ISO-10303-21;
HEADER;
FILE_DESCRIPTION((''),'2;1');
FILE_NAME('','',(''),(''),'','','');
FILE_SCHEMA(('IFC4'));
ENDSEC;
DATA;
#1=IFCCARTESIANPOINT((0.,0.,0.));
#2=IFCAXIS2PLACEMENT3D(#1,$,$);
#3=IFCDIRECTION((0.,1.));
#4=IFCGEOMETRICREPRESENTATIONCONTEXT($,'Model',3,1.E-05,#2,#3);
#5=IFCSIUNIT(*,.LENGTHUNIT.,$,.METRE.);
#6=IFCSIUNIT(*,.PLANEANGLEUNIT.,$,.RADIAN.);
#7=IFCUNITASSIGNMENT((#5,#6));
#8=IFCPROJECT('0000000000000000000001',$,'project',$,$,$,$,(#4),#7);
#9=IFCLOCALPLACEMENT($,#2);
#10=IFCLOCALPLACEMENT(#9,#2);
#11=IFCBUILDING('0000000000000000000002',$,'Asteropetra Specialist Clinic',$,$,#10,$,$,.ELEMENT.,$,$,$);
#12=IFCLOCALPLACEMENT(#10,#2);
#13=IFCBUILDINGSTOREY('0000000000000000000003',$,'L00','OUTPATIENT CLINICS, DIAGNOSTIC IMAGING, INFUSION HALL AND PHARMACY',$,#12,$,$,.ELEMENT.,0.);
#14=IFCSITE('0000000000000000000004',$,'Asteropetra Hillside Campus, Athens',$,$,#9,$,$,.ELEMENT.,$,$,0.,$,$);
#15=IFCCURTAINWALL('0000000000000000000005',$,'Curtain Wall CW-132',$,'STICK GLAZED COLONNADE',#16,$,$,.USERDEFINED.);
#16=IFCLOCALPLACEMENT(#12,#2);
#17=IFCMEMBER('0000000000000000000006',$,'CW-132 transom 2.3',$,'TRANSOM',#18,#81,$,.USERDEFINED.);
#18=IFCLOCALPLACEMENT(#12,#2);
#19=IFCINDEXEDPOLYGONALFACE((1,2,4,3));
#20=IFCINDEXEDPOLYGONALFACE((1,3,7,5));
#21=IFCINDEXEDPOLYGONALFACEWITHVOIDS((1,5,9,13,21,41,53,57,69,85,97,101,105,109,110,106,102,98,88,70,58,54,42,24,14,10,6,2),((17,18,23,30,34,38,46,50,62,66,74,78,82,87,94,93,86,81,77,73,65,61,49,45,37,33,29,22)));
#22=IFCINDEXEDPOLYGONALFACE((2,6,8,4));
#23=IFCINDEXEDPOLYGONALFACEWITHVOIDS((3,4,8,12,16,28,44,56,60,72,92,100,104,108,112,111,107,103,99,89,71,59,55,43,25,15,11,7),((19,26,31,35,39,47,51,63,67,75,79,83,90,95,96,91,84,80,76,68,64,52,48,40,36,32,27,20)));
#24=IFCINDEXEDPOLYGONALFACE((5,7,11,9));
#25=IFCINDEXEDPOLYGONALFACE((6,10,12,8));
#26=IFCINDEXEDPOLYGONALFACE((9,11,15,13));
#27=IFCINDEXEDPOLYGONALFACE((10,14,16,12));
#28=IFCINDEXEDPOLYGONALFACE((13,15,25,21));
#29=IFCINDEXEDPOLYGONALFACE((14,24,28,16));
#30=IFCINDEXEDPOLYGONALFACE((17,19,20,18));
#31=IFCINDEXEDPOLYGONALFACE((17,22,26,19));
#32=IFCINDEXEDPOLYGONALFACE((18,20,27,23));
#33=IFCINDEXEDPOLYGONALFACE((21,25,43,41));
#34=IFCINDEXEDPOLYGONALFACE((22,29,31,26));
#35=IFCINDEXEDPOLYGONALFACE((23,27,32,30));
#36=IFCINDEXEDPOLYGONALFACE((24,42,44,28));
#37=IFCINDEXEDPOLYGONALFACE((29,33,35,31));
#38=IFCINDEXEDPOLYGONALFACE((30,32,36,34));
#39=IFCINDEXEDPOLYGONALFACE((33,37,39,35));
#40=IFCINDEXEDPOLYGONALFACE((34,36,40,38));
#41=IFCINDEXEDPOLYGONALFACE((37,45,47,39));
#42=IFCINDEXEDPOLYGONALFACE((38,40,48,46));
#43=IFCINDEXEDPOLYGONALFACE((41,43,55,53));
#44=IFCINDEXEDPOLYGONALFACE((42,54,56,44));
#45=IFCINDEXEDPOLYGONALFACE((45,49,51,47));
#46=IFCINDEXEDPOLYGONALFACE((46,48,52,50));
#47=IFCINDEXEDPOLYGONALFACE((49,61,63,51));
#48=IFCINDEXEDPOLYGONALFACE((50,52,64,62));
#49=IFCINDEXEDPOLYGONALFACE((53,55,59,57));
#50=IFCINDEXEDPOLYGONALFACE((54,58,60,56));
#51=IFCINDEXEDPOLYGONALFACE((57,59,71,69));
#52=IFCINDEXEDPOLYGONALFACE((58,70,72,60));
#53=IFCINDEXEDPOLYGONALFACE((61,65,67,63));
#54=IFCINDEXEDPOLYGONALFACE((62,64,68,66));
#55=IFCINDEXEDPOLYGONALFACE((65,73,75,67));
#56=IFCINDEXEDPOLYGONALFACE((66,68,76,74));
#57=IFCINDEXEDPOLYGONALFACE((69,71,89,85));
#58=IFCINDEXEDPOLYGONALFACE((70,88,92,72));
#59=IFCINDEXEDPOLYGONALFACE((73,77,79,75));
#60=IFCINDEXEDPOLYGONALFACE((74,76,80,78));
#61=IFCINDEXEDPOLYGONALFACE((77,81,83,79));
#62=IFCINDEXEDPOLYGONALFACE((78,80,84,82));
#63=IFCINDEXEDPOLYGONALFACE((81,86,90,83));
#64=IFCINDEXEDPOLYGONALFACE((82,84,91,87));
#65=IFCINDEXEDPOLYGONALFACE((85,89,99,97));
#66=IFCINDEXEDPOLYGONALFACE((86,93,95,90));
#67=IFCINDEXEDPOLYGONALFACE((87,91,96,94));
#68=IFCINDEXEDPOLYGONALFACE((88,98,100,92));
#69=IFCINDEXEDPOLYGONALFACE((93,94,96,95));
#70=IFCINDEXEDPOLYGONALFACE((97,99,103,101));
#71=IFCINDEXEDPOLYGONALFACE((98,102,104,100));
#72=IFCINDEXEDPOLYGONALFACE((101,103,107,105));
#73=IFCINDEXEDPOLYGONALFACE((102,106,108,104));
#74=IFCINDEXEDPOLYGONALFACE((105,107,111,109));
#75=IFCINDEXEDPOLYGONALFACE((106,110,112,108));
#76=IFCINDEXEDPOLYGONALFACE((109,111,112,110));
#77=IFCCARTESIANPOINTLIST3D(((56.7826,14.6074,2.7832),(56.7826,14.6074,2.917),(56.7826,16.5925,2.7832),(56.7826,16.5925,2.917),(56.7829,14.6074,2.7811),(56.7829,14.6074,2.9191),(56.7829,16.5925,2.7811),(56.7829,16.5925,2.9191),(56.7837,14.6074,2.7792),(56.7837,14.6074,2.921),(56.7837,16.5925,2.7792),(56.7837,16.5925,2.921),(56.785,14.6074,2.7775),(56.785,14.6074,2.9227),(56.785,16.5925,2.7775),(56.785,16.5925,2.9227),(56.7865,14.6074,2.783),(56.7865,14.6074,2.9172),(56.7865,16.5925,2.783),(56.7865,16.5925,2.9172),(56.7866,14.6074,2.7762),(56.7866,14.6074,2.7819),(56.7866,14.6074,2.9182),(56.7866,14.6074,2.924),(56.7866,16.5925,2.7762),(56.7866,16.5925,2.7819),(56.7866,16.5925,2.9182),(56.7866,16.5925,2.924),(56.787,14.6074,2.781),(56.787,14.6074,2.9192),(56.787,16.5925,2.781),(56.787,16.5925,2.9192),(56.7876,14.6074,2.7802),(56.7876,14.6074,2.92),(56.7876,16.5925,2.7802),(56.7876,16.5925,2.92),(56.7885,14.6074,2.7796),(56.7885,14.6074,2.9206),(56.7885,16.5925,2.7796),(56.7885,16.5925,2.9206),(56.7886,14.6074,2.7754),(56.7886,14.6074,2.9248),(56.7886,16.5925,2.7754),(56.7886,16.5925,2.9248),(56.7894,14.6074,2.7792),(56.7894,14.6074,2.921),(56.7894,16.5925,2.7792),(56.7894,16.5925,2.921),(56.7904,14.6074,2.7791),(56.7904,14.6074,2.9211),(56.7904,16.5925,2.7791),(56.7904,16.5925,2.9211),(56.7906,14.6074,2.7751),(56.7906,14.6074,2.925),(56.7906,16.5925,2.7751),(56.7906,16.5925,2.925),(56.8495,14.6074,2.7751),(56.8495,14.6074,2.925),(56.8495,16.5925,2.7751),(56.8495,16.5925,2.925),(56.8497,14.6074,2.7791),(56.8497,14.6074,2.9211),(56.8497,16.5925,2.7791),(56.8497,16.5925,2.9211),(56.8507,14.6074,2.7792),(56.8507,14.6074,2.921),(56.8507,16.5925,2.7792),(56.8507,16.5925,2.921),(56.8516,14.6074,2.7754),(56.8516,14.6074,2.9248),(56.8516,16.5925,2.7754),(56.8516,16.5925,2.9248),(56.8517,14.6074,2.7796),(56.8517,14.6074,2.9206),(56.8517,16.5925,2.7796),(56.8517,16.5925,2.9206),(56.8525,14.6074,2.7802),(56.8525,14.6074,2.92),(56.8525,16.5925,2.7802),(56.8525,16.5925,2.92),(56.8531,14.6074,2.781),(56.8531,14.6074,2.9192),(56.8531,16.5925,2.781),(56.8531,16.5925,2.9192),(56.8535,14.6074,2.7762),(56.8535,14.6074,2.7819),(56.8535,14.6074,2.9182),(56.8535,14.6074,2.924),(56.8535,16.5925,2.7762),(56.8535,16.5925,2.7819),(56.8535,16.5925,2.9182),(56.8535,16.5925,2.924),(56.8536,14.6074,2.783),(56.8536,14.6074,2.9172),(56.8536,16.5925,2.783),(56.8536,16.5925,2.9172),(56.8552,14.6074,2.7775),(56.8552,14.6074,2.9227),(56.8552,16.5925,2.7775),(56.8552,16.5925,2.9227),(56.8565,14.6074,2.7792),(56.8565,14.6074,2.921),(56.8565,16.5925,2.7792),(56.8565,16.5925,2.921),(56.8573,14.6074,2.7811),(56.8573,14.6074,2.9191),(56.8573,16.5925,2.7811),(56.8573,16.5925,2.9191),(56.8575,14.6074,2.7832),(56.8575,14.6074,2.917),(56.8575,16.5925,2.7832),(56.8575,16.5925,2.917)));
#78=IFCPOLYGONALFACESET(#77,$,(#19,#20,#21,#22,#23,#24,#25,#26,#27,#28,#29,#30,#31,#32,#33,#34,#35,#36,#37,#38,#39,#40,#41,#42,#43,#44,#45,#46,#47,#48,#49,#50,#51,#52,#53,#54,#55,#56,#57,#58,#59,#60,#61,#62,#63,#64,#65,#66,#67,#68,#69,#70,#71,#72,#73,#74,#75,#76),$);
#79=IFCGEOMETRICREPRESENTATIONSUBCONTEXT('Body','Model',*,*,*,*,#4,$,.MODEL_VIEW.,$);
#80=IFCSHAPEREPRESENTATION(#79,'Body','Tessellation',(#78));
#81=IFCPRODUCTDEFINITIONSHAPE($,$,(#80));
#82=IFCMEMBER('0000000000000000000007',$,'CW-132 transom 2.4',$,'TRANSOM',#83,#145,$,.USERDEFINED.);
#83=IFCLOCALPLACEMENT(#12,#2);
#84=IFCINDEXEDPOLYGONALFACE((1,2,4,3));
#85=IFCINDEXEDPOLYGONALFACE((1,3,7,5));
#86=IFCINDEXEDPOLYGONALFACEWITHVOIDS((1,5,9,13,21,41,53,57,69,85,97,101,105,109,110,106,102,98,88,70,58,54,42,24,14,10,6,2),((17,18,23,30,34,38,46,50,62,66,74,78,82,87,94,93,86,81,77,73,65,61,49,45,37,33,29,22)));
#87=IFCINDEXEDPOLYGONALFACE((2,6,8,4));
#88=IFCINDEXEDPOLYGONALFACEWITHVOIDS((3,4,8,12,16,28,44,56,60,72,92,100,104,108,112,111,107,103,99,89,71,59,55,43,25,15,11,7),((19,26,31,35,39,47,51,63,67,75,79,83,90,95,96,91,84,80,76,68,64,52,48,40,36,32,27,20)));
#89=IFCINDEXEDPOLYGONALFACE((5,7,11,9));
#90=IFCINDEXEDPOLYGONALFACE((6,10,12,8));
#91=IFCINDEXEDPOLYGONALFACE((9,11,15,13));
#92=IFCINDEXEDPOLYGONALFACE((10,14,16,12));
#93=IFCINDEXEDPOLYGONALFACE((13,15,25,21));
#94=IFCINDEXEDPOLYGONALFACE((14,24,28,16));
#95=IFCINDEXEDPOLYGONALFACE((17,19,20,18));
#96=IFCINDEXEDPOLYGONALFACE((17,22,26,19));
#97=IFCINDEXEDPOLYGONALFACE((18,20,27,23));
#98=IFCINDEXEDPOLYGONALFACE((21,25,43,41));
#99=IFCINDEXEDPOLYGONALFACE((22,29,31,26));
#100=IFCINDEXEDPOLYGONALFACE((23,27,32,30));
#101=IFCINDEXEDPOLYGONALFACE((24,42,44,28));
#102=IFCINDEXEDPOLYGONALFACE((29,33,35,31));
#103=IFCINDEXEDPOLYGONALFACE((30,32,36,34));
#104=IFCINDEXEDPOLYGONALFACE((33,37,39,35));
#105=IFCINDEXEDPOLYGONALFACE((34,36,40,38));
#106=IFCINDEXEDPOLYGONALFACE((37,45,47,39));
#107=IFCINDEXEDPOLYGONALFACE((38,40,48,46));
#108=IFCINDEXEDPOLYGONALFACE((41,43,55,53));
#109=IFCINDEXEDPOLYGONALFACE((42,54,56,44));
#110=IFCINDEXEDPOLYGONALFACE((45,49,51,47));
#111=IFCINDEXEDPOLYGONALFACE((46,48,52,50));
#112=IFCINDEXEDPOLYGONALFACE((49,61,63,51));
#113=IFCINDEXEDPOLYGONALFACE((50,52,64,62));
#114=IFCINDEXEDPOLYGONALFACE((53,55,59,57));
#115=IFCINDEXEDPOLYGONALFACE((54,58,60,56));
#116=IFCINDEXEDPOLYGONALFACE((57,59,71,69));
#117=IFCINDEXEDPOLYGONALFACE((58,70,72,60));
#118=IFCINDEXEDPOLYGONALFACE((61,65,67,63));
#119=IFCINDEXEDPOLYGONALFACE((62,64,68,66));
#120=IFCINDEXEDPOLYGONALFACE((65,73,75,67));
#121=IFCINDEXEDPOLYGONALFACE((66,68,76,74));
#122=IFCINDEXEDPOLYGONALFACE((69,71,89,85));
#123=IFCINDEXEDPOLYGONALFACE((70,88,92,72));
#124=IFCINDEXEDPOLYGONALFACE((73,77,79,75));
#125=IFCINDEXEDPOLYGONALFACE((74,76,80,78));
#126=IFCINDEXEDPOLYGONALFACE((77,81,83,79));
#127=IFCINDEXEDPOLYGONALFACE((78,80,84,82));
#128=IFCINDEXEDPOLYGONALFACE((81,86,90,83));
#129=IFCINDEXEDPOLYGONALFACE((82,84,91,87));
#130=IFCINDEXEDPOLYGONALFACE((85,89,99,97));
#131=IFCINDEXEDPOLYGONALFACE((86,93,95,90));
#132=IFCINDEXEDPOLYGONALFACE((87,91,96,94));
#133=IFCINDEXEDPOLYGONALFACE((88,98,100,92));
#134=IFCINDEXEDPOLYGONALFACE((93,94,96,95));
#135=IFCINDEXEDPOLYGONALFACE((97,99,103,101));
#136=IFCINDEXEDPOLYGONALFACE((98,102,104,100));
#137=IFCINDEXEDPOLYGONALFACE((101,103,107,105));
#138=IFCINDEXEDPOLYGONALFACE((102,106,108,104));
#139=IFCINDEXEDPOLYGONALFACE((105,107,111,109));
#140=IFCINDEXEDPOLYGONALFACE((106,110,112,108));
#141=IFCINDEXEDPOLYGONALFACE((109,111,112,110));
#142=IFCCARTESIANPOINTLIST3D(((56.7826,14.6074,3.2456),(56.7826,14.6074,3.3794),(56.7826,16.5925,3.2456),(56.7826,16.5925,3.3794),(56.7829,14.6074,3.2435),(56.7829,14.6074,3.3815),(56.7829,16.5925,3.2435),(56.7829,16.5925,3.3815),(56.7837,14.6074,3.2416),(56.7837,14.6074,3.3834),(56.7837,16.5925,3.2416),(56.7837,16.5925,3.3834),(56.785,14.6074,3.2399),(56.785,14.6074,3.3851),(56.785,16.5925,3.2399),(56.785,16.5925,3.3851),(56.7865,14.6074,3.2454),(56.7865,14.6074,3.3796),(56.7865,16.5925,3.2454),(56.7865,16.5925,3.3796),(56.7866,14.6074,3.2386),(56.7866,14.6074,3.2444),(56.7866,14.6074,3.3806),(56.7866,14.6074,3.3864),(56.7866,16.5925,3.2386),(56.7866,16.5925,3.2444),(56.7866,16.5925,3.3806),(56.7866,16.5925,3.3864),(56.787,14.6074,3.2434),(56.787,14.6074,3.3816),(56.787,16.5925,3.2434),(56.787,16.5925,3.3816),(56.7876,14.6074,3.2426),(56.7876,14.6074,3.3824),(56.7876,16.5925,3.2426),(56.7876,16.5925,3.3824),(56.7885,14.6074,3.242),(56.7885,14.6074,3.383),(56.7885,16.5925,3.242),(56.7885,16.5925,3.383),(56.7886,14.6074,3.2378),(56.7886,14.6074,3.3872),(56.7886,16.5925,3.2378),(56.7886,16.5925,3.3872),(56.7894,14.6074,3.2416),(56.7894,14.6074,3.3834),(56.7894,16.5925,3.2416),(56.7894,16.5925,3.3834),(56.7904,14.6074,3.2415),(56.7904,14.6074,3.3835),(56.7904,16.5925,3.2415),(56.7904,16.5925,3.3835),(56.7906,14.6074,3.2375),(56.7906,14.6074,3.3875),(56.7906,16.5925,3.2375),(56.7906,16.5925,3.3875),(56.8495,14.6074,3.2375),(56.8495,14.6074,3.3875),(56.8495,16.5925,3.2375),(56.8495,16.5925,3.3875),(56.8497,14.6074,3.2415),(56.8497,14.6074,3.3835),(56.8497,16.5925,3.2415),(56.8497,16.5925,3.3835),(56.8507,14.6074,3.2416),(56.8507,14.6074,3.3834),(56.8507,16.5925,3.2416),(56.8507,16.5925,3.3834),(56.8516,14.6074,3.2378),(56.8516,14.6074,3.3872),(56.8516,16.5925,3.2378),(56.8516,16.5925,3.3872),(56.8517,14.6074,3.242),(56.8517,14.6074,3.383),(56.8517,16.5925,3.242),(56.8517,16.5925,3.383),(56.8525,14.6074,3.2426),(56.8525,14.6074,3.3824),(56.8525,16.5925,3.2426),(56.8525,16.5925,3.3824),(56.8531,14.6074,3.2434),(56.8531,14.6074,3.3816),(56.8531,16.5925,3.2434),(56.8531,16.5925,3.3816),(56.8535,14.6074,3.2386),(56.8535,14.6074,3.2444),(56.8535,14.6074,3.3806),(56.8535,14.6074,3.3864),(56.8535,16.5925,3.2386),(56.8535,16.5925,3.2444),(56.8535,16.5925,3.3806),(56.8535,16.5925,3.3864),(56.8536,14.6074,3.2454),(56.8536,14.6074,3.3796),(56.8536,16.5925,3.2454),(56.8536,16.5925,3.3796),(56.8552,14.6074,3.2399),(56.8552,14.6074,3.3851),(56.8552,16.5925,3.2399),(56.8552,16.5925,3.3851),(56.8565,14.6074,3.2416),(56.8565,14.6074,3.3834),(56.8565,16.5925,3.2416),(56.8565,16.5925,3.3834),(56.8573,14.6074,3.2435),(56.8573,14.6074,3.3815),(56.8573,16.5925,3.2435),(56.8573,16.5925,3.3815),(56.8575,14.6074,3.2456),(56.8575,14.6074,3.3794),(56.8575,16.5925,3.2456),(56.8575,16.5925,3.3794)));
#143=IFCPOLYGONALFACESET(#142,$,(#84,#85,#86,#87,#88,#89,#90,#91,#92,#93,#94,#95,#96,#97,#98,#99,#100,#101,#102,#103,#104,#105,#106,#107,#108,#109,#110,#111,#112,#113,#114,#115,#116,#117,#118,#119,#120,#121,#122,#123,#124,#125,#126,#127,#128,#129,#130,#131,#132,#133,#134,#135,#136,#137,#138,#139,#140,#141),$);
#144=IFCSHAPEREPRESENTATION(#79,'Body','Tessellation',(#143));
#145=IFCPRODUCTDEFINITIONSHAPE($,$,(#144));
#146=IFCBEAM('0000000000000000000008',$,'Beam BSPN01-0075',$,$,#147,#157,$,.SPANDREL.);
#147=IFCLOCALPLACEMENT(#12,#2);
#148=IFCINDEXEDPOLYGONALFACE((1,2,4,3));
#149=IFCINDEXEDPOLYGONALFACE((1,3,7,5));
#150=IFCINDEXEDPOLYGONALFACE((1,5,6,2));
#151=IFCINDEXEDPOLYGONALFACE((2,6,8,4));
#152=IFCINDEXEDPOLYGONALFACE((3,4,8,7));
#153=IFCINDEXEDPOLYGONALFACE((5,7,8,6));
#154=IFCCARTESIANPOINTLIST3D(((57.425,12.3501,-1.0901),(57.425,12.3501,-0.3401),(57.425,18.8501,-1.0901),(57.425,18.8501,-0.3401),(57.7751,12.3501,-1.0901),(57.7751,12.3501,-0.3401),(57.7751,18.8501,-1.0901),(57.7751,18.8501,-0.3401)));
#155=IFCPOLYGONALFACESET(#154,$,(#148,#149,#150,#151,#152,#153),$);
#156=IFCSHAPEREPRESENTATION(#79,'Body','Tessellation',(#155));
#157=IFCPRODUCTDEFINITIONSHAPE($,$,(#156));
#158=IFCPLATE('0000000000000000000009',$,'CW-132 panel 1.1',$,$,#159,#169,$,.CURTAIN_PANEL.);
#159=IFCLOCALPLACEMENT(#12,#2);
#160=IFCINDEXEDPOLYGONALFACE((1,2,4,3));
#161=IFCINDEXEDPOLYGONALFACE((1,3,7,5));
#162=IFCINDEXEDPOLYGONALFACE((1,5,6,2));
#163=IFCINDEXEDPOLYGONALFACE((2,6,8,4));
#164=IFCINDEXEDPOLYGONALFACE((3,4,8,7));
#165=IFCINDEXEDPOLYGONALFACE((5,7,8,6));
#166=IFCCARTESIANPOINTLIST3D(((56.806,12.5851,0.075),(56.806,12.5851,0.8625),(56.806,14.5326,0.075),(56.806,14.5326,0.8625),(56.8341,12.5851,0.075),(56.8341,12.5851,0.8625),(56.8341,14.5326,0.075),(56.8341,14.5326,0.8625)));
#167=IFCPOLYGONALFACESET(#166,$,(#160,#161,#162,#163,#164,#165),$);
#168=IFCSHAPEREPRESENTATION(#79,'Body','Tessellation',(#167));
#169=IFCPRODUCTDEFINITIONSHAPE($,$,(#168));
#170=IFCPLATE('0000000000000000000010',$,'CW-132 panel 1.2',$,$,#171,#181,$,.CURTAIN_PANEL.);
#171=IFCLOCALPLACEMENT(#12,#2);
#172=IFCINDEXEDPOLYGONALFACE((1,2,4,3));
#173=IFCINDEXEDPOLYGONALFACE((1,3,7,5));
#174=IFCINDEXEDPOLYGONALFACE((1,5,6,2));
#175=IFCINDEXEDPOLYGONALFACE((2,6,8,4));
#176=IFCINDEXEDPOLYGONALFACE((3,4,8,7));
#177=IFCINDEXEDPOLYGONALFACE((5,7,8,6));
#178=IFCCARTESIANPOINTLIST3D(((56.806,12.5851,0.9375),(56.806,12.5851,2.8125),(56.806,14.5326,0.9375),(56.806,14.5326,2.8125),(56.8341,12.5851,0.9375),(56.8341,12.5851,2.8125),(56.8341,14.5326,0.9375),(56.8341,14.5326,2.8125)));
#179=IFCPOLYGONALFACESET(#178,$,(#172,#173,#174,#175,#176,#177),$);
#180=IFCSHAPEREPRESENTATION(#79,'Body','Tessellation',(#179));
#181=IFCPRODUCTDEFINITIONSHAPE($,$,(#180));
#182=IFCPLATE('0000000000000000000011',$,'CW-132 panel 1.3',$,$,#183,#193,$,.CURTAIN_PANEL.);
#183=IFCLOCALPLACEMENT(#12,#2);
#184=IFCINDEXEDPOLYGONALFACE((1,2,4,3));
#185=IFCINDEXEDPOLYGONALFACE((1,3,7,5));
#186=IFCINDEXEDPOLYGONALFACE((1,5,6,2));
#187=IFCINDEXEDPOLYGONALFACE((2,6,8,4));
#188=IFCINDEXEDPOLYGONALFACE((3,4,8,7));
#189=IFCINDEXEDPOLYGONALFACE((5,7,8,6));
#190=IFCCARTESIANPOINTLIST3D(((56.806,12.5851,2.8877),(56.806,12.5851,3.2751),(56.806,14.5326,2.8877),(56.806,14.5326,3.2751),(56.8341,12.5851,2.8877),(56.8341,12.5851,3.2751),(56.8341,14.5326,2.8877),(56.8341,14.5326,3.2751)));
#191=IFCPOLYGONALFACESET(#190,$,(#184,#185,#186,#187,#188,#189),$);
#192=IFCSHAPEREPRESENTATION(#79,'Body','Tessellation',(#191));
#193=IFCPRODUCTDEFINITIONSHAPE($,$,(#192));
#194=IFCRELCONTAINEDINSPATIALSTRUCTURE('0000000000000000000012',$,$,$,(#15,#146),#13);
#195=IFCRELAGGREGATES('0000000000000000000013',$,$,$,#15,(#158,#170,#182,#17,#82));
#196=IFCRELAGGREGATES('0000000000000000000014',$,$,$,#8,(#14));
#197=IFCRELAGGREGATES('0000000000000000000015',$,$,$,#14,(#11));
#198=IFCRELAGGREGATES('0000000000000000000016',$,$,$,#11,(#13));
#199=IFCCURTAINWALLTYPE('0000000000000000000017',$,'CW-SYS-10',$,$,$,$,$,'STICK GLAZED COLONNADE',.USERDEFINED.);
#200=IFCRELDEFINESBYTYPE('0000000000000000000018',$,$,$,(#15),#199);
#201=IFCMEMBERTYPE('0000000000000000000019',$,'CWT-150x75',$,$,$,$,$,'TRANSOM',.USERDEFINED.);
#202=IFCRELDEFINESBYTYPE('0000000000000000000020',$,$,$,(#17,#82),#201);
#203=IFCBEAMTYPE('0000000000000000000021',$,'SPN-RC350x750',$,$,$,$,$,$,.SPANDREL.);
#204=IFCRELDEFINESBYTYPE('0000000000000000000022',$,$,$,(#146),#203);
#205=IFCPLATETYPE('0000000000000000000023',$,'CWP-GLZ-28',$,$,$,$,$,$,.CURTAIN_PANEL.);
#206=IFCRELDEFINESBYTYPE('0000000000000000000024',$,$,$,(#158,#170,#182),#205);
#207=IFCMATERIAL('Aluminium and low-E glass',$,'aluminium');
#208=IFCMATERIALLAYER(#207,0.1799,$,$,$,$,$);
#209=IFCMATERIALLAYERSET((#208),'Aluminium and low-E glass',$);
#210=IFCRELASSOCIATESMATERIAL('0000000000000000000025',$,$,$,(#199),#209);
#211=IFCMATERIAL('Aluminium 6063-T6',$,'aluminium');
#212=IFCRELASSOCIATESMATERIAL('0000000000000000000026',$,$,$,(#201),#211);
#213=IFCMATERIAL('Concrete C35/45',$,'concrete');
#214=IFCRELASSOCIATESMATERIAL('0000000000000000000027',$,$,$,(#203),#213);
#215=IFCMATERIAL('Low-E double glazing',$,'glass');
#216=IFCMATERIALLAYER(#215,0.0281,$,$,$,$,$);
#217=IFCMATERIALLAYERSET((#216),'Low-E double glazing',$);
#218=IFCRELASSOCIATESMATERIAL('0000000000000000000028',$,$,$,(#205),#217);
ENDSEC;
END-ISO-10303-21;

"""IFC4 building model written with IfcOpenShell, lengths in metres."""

from ifc_helpers import new_model, si_unit, direction, frame, origin, origin_2d, place, context, subcontext, project, spatial, rectangle, hollow_rectangle, extrude, material, layer, layer_set, material_profile, profile_set, type_object, element, aggregate, save


model = new_model("IFC4")

# Units and contexts
model_context = context("Model", 3, precision=1e-05, world=origin(), true_north=direction((0.0, 1.0)))
body_context = subcontext(model_context, "Body", "Model", "MODEL_VIEW")
ifc_project = project(units=[si_unit("LENGTHUNIT", "METRE"), si_unit("PLANEANGLEUNIT", "RADIAN")], contexts=[model_context])

# Site, building, storey
site_placement = place(None, origin())
site = spatial("IfcSite", under=ifc_project, at=site_placement, Name="Asteropetra Hillside Campus, Athens", CompositionType="ELEMENT", RefElevation=0.0)
building_placement = place(site_placement, origin())
building = spatial("IfcBuilding", under=site, at=building_placement, Name="Asteropetra Specialist Clinic", CompositionType="ELEMENT")
storey_placement = place(building_placement, origin())
storey = spatial("IfcBuildingStorey", under=building, at=storey_placement, Name="L00", Description="OUTPATIENT CLINICS, DIAGNOSTIC IMAGING, INFUSION HALL AND PHARMACY", CompositionType="ELEMENT", Elevation=0.0)

# Curtain wall, members
ifc_material_1 = material(Name="Aluminium and low-E glass", Category="aluminium")
ifc_layer_1 = layer(ifc_material_1, 0.1799)
ifc_layer_set_1 = layer_set([ifc_layer_1], Name="Aluminium and low-E glass")
curtain_wall_type = type_object("IfcCurtainWallType", Name="CW-SYS-10", ElementType="STICK GLAZED COLONNADE", PredefinedType="USERDEFINED", material=ifc_layer_set_1)
curtain_wall_placement = place(storey_placement, origin())
curtain_wall = element("IfcCurtainWall", 1, at=curtain_wall_placement, inside=storey, type_object=curtain_wall_type, Name="Curtain Wall CW-132", ObjectType="STICK GLAZED COLONNADE", PredefinedType="USERDEFINED")
ifc_material_2 = material(Name="Aluminium 6063-T6", Category="aluminium")
ifc_material_profile_1 = material_profile(ifc_material_2, hollow_rectangle(XDim=0.075, YDim=0.1499, WallThickness=0.0039, InnerFilletRadius=0.0039, OuterFilletRadius=0.0081, at=origin_2d()), Name="TRN 150x75x4.0")
ifc_profile_set_1 = profile_set([ifc_material_profile_1], Name="Aluminium 6063-T6")
member_type_1 = type_object("IfcMemberType", Name="CWT-150x75", ElementType="TRANSOM", PredefinedType="USERDEFINED", material=ifc_profile_set_1)
member_1_placement = place(storey_placement, frame((56.8201, 14.6074, 2.8501), z_axis=(0.0, 1.0, 0.0), x_axis=(-1.0, 0.0, 0.0)))
member_1 = element("IfcMember", 2, at=member_1_placement, type_object=member_type_1, Name="CW-132 transom 2.3", ObjectType="TRANSOM", PredefinedType="USERDEFINED", context=body_context, shape_type="SweptSolid", body=[
    extrude(hollow_rectangle(XDim=0.075, YDim=0.1499, WallThickness=0.0039, InnerFilletRadius=0.0039, OuterFilletRadius=0.0081, at=origin_2d()), origin(), (0.0, 0.0, 1.0), 1.9851),
])
member_2_placement = place(storey_placement, frame((56.8201, 14.6074, 3.3125), z_axis=(0.0, 1.0, 0.0), x_axis=(-1.0, 0.0, 0.0)))
member_2 = element("IfcMember", 3, at=member_2_placement, type_object=member_type_1, Name="CW-132 transom 2.4", ObjectType="TRANSOM", PredefinedType="USERDEFINED", context=body_context, shape_type="SweptSolid", body=[
    extrude(hollow_rectangle(XDim=0.075, YDim=0.1499, WallThickness=0.0039, InnerFilletRadius=0.0039, OuterFilletRadius=0.0081, at=origin_2d()), origin(), (0.0, 0.0, 1.0), 1.9851),
])

# Beam
ifc_material_3 = material(Name="Concrete C35/45", Category="concrete")
ifc_material_profile_2 = material_profile(ifc_material_3, rectangle(XDim=0.3501, YDim=0.75, at=origin_2d()), Name="RCS 350x750")
ifc_profile_set_2 = profile_set([ifc_material_profile_2], Name="Concrete C35/45")
beam_type = type_object("IfcBeamType", Name="SPN-RC350x750", PredefinedType="SPANDREL", material=ifc_profile_set_2)
beam_placement = place(storey_placement, frame((57.6001, 12.3501, -0.7151), z_axis=(0.0, 1.0, 0.0), x_axis=(-1.0, 0.0, 0.0)))
element("IfcBeam", 4, at=beam_placement, inside=storey, type_object=beam_type, Name="Beam BSPN01-0075", PredefinedType="SPANDREL", context=body_context, shape_type="SweptSolid", body=[
    extrude(rectangle(XDim=0.3501, YDim=0.75, at=origin_2d()), origin(), (0.0, 0.0, 1.0), 6.5),
])

# Plates
ifc_material_4 = material(Name="Low-E double glazing", Category="glass")
ifc_layer_2 = layer(ifc_material_4, 0.0281)
ifc_layer_set_2 = layer_set([ifc_layer_2], Name="Low-E double glazing")
plate_type = type_object("IfcPlateType", Name="CWP-GLZ-28", PredefinedType="CURTAIN_PANEL", material=ifc_layer_set_2)
plate_1_placement = place(storey_placement, frame((56.8201, 13.5588, 0.075), z_axis=(0.0, 0.0, 1.0), x_axis=(0.0, 1.0, 0.0)))
plate_1 = element("IfcPlate", 5, at=plate_1_placement, type_object=plate_type, Name="CW-132 panel 1.1", PredefinedType="CURTAIN_PANEL", context=body_context, shape_type="SweptSolid", body=[
    extrude(rectangle(XDim=1.9475, YDim=0.0281, at=origin_2d()), origin(), (0.0, 0.0, 1.0), 0.7876),
])
plate_2_placement = place(storey_placement, frame((56.8201, 13.5588, 0.9375), z_axis=(0.0, 0.0, 1.0), x_axis=(0.0, 1.0, 0.0)))
plate_2 = element("IfcPlate", 6, at=plate_2_placement, type_object=plate_type, Name="CW-132 panel 1.2", PredefinedType="CURTAIN_PANEL", context=body_context, shape_type="SweptSolid", body=[
    extrude(rectangle(XDim=1.9475, YDim=0.0281, at=origin_2d()), origin(), (0.0, 0.0, 1.0), 1.875),
])
plate_3_placement = place(storey_placement, frame((56.8201, 13.5588, 2.8877), z_axis=(0.0, 0.0, 1.0), x_axis=(0.0, 1.0, 0.0)))
plate_3 = element("IfcPlate", 7, at=plate_3_placement, type_object=plate_type, Name="CW-132 panel 1.3", PredefinedType="CURTAIN_PANEL", context=body_context, shape_type="SweptSolid", body=[
    extrude(rectangle(XDim=1.9475, YDim=0.0281, at=origin_2d()), origin(), (0.0, 0.0, 1.0), 0.3875),
])
aggregate(curtain_wall, [plate_1, plate_2, plate_3, member_1, member_2])

save(model, "model.ifc")
